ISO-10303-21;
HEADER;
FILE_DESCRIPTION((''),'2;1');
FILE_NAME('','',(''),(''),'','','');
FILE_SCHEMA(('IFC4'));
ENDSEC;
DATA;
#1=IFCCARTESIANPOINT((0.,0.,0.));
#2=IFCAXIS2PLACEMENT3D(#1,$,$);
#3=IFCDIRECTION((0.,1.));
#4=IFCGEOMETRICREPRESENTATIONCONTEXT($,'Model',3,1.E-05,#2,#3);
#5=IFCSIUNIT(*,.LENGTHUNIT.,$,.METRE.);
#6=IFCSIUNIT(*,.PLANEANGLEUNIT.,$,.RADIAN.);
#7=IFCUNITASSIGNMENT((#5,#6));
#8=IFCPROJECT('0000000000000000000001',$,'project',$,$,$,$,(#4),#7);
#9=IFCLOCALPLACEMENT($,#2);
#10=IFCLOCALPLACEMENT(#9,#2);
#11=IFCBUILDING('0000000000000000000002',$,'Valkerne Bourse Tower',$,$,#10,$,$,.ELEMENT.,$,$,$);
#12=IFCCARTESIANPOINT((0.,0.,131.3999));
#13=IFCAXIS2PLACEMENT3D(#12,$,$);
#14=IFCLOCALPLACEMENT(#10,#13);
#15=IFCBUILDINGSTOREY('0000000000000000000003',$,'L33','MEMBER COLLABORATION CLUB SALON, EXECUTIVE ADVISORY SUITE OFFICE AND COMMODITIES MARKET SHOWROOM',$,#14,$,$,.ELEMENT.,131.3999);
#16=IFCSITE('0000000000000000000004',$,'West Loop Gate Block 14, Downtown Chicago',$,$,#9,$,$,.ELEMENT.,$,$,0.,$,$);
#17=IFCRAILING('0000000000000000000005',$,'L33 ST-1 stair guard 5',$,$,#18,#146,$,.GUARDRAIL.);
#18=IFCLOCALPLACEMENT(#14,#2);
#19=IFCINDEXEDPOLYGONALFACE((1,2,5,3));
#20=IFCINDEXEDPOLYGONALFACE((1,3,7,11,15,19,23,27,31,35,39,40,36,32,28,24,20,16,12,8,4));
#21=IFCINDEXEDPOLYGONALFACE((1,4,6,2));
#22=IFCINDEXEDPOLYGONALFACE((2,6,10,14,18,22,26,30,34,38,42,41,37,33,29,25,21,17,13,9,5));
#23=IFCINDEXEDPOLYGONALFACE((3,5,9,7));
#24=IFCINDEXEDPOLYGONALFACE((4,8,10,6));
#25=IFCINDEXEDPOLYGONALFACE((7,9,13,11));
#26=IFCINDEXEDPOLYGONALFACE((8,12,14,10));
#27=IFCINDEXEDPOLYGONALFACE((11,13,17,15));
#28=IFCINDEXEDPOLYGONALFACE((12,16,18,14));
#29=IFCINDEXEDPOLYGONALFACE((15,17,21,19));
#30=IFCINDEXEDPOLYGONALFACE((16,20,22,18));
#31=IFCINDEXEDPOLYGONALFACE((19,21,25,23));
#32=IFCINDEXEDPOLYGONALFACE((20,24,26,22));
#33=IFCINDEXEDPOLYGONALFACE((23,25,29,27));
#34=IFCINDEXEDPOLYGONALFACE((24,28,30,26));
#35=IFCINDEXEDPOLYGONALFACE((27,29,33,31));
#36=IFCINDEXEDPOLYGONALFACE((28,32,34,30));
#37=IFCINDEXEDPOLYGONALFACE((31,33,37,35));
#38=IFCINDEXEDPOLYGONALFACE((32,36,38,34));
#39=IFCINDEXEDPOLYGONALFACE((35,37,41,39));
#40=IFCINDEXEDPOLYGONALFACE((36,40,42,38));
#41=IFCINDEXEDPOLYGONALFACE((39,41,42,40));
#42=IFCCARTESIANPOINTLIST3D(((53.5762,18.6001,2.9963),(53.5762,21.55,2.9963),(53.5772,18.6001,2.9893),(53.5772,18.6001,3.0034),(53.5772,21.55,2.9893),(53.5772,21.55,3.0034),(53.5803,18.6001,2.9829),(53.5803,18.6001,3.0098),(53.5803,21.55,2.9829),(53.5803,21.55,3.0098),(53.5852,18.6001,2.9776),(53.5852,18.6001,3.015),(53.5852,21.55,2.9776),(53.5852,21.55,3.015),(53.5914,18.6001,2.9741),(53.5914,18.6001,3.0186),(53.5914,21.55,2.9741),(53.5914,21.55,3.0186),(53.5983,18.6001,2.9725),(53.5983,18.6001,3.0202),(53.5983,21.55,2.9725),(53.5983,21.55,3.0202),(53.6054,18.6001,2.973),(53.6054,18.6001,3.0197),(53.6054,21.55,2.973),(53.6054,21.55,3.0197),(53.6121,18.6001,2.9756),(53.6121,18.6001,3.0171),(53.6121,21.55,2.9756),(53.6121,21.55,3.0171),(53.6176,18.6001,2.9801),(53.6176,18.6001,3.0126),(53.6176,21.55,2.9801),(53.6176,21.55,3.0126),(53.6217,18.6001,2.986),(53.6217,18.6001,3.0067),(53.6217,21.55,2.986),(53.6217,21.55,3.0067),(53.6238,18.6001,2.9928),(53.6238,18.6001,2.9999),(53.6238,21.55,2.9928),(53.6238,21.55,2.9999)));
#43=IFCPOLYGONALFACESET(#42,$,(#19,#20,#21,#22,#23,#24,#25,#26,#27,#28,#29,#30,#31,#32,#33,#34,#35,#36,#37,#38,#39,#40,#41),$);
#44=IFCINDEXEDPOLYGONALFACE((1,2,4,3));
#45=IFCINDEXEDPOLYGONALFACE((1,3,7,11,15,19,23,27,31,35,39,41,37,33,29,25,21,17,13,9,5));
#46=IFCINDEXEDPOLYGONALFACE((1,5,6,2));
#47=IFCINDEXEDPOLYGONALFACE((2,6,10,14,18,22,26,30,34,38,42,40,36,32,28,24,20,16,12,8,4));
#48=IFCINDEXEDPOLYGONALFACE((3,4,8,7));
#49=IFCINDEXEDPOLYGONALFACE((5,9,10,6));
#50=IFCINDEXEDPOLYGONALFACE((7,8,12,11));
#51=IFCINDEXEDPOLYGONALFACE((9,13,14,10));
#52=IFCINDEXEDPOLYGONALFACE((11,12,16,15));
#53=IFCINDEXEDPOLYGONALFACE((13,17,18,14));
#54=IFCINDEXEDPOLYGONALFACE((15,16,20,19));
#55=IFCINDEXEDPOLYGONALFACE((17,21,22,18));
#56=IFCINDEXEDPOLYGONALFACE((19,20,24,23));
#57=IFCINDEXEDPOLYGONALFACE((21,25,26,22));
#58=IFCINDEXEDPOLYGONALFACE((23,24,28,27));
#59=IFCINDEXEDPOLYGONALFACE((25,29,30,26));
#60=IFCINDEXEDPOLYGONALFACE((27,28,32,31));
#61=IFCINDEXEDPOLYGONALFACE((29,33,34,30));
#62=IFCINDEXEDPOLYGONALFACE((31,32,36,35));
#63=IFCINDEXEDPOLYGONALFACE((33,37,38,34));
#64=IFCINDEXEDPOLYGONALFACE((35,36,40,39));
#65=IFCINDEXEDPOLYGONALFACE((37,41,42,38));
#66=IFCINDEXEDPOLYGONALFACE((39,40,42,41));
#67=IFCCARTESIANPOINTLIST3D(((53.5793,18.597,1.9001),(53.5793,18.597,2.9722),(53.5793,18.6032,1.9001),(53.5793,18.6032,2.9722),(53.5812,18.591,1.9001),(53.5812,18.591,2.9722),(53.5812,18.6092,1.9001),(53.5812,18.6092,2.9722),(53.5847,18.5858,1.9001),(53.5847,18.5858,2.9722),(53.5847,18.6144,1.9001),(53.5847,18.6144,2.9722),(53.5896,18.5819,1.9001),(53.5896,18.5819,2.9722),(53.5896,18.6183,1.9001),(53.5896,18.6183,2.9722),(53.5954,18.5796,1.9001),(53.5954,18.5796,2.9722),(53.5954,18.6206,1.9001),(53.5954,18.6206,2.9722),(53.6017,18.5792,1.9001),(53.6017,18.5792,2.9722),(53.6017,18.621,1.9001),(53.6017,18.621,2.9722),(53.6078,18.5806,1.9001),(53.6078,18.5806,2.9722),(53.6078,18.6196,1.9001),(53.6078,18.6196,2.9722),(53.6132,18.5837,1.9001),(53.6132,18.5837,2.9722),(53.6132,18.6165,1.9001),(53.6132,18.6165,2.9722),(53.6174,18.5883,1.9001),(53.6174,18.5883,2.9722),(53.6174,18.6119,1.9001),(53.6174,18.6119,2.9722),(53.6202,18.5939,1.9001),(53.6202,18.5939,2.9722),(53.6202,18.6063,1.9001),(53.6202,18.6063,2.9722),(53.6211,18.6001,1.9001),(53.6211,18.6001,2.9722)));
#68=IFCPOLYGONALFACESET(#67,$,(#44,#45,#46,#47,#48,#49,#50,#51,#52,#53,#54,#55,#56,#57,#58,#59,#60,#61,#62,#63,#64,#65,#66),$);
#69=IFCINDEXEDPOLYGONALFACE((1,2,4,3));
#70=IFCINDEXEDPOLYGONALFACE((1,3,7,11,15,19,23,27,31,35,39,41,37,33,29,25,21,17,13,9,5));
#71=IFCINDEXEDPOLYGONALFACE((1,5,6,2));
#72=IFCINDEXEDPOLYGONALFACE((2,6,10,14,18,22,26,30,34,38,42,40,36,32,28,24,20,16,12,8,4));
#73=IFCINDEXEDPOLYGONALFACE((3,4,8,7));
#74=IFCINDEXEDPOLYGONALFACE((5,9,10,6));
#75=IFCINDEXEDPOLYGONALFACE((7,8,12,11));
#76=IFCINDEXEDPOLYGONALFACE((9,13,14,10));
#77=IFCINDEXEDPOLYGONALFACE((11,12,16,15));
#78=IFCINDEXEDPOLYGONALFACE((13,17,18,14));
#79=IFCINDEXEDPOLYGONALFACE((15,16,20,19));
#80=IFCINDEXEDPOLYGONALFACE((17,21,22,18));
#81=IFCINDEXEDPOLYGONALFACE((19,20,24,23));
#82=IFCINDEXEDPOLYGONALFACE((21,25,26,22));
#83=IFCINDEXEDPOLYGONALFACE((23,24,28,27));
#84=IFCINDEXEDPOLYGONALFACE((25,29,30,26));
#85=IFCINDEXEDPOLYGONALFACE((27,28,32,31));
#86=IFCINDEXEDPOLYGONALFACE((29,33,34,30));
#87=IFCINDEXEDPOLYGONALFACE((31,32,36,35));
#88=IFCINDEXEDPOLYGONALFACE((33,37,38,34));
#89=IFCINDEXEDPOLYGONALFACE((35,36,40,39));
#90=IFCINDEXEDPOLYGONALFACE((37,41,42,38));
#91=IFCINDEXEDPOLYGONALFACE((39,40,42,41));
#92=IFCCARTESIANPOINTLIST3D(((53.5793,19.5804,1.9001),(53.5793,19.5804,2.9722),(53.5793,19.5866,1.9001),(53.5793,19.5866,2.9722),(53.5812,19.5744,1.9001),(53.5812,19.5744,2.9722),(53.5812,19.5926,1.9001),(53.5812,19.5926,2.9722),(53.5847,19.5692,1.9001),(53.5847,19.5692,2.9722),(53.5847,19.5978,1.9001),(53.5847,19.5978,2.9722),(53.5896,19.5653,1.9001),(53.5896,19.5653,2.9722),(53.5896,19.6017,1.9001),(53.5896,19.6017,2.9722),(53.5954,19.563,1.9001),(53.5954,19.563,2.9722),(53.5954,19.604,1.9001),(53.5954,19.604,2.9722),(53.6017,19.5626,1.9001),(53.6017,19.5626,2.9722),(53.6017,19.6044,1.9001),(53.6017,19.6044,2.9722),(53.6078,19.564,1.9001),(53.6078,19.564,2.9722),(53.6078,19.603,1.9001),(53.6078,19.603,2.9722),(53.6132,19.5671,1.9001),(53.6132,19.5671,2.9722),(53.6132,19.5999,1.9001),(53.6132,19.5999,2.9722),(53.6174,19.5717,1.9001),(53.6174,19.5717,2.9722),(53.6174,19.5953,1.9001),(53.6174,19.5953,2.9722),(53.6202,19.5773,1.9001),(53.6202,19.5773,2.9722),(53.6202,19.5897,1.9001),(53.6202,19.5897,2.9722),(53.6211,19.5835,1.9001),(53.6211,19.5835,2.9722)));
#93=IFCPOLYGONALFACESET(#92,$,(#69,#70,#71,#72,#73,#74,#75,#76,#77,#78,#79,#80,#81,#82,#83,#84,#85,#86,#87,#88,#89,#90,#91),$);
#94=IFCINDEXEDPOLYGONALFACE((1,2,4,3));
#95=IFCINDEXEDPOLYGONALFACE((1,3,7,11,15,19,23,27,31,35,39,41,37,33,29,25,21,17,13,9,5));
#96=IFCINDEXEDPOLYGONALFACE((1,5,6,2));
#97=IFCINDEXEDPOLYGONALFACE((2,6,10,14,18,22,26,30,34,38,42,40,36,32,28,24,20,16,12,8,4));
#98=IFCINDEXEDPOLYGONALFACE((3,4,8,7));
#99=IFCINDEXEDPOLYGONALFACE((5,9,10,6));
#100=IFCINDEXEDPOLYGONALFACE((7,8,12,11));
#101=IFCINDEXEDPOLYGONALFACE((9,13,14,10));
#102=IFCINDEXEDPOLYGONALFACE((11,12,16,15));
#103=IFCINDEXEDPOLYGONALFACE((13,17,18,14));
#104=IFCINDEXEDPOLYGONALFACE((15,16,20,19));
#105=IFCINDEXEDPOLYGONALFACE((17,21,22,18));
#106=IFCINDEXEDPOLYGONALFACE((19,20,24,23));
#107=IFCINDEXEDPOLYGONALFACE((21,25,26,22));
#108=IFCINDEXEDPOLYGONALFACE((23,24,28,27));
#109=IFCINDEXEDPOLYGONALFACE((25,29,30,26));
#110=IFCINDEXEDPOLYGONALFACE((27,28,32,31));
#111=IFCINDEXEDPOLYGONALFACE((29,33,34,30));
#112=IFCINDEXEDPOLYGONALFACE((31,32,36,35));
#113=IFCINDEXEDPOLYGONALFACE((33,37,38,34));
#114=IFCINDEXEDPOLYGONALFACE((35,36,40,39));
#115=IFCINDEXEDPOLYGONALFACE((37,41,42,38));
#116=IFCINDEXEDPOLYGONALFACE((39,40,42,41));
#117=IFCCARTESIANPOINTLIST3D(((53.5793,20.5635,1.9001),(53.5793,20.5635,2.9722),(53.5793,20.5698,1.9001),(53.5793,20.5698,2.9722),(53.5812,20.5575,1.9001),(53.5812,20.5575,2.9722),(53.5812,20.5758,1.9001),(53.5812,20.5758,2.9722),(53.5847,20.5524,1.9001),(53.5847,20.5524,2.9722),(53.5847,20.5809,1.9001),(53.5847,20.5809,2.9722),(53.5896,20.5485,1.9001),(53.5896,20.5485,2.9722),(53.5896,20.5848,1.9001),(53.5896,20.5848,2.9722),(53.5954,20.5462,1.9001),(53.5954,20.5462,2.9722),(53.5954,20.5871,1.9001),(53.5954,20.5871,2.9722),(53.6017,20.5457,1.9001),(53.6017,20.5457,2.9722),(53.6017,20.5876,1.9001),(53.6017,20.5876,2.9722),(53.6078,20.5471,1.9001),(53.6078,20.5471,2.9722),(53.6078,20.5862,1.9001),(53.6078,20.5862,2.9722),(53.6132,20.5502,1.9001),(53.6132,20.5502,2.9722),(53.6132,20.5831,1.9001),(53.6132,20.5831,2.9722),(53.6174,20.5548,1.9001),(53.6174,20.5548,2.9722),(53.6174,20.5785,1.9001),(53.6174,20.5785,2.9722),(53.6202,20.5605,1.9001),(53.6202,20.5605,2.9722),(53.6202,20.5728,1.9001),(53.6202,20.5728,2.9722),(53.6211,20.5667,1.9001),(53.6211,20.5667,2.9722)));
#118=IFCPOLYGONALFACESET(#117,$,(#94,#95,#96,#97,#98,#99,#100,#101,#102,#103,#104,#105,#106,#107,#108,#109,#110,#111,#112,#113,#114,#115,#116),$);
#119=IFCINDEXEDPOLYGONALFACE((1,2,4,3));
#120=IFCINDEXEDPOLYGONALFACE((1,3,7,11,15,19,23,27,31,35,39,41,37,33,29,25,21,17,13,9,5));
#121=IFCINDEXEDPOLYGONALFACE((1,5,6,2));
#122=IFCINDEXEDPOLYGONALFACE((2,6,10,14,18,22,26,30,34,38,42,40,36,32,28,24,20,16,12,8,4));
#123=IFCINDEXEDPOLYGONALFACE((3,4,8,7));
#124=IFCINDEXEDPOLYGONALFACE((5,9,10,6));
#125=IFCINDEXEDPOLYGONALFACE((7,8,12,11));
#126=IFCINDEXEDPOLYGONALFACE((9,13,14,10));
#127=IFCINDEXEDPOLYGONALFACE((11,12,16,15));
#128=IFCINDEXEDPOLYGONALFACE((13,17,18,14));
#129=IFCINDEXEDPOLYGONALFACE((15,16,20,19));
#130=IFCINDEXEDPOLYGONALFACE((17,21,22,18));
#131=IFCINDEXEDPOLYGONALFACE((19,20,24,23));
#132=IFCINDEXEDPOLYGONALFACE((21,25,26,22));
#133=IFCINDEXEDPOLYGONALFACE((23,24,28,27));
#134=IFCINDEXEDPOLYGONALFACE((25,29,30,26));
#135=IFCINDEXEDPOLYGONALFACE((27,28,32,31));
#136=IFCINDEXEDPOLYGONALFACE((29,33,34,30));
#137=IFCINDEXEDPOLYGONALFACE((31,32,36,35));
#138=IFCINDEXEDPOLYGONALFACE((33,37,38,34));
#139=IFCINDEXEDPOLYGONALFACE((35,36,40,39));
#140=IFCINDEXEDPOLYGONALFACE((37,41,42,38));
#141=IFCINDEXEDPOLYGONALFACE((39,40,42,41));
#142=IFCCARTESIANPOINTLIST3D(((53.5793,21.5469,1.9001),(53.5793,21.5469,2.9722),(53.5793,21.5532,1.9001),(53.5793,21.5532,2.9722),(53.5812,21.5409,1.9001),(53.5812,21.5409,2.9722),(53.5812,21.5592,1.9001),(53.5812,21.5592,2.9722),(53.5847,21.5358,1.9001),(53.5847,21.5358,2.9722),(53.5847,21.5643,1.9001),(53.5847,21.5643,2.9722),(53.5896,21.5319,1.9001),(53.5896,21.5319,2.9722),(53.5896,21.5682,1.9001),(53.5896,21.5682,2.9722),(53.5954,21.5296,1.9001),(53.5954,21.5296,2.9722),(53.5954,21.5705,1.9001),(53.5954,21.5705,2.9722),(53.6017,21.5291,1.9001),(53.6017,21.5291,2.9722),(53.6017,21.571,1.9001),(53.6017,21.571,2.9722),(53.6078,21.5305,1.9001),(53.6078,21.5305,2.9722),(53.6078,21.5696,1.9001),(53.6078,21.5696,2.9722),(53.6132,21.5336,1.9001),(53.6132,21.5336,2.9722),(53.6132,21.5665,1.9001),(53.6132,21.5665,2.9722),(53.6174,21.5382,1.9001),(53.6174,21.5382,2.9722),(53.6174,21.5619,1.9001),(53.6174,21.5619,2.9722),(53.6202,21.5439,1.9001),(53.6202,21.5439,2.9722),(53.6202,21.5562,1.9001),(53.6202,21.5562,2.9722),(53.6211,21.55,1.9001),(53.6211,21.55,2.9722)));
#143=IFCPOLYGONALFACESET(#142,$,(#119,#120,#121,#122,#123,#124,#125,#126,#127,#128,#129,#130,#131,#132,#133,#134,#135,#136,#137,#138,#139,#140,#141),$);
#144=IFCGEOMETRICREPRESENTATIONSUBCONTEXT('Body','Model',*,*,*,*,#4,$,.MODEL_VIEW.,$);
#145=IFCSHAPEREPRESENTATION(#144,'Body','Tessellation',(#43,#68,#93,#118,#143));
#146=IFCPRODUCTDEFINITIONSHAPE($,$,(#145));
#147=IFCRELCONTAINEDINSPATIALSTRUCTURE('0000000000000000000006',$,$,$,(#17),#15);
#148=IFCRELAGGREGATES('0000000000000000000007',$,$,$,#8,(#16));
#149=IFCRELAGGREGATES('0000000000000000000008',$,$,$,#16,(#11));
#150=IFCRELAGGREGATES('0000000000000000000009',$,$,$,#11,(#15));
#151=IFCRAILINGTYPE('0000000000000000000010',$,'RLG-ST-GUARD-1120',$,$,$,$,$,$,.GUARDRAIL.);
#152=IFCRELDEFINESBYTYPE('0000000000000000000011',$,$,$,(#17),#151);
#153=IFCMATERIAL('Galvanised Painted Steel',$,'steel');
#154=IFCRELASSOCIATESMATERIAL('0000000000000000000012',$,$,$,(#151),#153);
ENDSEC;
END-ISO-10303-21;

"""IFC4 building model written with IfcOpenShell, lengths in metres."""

from ifc_helpers import new_model, si_unit, direction, frame, origin, origin_2d, place, context, subcontext, project, spatial, circle, extrude, material, type_object, element, save


model = new_model("IFC4")

# Units and contexts
model_context = context("Model", 3, precision=1e-05, world=origin(), true_north=direction((0.0, 1.0)))
body_context = subcontext(model_context, "Body", "Model", "MODEL_VIEW")
ifc_project = project(units=[si_unit("LENGTHUNIT", "METRE"), si_unit("PLANEANGLEUNIT", "RADIAN")], contexts=[model_context])

# Site, building, storey
site_placement = place(None, origin())
site = spatial("IfcSite", under=ifc_project, at=site_placement, Name="West Loop Gate Block 14, Downtown Chicago", CompositionType="ELEMENT", RefElevation=0.0)
building_placement = place(site_placement, origin())
building = spatial("IfcBuilding", under=site, at=building_placement, Name="Valkerne Bourse Tower", CompositionType="ELEMENT")
storey_placement = place(building_placement, frame((0.0, 0.0, 131.3999)))
storey = spatial("IfcBuildingStorey", under=building, at=storey_placement, Name="L33", Description="MEMBER COLLABORATION CLUB SALON, EXECUTIVE ADVISORY SUITE OFFICE AND COMMODITIES MARKET SHOWROOM", CompositionType="ELEMENT", Elevation=131.3999)

# Shared definitions
ifc_material_1 = material(Name="Galvanised Painted Steel", Category="steel")

# Railing
railing_type_1 = type_object("IfcRailingType", Name="RLG-ST-GUARD-1120", PredefinedType="GUARDRAIL", material=ifc_material_1)
railing_1_placement = place(storey_placement, frame((53.6001, 18.6001, 1.9001)))
element("IfcRailing", 1, at=railing_1_placement, inside=storey, type_object=railing_type_1, Name="L33 ST-1 stair guard 5", PredefinedType="GUARDRAIL", context=body_context, shape_type="SweptSolid", body=[
    extrude(circle(Radius=0.0239, at=origin_2d()), frame((0.0, 0.0, 1.0962), z_axis=(0.0, 1.0, 0.0), x_axis=(-1.0, 0.0, 0.0)), (0.0, 0.0, 1.0), 2.95),
    extrude(circle(Radius=0.021, at=origin_2d()), origin(), (0.0, 0.0, 1.0), 1.072),
    extrude(circle(Radius=0.021, at=origin_2d()), frame((0.0, 0.9834, 0.0)), (0.0, 0.0, 1.0), 1.072),
    extrude(circle(Radius=0.021, at=origin_2d()), frame((0.0, 1.9666, 0.0)), (0.0, 0.0, 1.0), 1.072),
    extrude(circle(Radius=0.021, at=origin_2d()), frame((0.0, 2.95, 0.0)), (0.0, 0.0, 1.0), 1.072),
])

save(model, "model.ifc")
